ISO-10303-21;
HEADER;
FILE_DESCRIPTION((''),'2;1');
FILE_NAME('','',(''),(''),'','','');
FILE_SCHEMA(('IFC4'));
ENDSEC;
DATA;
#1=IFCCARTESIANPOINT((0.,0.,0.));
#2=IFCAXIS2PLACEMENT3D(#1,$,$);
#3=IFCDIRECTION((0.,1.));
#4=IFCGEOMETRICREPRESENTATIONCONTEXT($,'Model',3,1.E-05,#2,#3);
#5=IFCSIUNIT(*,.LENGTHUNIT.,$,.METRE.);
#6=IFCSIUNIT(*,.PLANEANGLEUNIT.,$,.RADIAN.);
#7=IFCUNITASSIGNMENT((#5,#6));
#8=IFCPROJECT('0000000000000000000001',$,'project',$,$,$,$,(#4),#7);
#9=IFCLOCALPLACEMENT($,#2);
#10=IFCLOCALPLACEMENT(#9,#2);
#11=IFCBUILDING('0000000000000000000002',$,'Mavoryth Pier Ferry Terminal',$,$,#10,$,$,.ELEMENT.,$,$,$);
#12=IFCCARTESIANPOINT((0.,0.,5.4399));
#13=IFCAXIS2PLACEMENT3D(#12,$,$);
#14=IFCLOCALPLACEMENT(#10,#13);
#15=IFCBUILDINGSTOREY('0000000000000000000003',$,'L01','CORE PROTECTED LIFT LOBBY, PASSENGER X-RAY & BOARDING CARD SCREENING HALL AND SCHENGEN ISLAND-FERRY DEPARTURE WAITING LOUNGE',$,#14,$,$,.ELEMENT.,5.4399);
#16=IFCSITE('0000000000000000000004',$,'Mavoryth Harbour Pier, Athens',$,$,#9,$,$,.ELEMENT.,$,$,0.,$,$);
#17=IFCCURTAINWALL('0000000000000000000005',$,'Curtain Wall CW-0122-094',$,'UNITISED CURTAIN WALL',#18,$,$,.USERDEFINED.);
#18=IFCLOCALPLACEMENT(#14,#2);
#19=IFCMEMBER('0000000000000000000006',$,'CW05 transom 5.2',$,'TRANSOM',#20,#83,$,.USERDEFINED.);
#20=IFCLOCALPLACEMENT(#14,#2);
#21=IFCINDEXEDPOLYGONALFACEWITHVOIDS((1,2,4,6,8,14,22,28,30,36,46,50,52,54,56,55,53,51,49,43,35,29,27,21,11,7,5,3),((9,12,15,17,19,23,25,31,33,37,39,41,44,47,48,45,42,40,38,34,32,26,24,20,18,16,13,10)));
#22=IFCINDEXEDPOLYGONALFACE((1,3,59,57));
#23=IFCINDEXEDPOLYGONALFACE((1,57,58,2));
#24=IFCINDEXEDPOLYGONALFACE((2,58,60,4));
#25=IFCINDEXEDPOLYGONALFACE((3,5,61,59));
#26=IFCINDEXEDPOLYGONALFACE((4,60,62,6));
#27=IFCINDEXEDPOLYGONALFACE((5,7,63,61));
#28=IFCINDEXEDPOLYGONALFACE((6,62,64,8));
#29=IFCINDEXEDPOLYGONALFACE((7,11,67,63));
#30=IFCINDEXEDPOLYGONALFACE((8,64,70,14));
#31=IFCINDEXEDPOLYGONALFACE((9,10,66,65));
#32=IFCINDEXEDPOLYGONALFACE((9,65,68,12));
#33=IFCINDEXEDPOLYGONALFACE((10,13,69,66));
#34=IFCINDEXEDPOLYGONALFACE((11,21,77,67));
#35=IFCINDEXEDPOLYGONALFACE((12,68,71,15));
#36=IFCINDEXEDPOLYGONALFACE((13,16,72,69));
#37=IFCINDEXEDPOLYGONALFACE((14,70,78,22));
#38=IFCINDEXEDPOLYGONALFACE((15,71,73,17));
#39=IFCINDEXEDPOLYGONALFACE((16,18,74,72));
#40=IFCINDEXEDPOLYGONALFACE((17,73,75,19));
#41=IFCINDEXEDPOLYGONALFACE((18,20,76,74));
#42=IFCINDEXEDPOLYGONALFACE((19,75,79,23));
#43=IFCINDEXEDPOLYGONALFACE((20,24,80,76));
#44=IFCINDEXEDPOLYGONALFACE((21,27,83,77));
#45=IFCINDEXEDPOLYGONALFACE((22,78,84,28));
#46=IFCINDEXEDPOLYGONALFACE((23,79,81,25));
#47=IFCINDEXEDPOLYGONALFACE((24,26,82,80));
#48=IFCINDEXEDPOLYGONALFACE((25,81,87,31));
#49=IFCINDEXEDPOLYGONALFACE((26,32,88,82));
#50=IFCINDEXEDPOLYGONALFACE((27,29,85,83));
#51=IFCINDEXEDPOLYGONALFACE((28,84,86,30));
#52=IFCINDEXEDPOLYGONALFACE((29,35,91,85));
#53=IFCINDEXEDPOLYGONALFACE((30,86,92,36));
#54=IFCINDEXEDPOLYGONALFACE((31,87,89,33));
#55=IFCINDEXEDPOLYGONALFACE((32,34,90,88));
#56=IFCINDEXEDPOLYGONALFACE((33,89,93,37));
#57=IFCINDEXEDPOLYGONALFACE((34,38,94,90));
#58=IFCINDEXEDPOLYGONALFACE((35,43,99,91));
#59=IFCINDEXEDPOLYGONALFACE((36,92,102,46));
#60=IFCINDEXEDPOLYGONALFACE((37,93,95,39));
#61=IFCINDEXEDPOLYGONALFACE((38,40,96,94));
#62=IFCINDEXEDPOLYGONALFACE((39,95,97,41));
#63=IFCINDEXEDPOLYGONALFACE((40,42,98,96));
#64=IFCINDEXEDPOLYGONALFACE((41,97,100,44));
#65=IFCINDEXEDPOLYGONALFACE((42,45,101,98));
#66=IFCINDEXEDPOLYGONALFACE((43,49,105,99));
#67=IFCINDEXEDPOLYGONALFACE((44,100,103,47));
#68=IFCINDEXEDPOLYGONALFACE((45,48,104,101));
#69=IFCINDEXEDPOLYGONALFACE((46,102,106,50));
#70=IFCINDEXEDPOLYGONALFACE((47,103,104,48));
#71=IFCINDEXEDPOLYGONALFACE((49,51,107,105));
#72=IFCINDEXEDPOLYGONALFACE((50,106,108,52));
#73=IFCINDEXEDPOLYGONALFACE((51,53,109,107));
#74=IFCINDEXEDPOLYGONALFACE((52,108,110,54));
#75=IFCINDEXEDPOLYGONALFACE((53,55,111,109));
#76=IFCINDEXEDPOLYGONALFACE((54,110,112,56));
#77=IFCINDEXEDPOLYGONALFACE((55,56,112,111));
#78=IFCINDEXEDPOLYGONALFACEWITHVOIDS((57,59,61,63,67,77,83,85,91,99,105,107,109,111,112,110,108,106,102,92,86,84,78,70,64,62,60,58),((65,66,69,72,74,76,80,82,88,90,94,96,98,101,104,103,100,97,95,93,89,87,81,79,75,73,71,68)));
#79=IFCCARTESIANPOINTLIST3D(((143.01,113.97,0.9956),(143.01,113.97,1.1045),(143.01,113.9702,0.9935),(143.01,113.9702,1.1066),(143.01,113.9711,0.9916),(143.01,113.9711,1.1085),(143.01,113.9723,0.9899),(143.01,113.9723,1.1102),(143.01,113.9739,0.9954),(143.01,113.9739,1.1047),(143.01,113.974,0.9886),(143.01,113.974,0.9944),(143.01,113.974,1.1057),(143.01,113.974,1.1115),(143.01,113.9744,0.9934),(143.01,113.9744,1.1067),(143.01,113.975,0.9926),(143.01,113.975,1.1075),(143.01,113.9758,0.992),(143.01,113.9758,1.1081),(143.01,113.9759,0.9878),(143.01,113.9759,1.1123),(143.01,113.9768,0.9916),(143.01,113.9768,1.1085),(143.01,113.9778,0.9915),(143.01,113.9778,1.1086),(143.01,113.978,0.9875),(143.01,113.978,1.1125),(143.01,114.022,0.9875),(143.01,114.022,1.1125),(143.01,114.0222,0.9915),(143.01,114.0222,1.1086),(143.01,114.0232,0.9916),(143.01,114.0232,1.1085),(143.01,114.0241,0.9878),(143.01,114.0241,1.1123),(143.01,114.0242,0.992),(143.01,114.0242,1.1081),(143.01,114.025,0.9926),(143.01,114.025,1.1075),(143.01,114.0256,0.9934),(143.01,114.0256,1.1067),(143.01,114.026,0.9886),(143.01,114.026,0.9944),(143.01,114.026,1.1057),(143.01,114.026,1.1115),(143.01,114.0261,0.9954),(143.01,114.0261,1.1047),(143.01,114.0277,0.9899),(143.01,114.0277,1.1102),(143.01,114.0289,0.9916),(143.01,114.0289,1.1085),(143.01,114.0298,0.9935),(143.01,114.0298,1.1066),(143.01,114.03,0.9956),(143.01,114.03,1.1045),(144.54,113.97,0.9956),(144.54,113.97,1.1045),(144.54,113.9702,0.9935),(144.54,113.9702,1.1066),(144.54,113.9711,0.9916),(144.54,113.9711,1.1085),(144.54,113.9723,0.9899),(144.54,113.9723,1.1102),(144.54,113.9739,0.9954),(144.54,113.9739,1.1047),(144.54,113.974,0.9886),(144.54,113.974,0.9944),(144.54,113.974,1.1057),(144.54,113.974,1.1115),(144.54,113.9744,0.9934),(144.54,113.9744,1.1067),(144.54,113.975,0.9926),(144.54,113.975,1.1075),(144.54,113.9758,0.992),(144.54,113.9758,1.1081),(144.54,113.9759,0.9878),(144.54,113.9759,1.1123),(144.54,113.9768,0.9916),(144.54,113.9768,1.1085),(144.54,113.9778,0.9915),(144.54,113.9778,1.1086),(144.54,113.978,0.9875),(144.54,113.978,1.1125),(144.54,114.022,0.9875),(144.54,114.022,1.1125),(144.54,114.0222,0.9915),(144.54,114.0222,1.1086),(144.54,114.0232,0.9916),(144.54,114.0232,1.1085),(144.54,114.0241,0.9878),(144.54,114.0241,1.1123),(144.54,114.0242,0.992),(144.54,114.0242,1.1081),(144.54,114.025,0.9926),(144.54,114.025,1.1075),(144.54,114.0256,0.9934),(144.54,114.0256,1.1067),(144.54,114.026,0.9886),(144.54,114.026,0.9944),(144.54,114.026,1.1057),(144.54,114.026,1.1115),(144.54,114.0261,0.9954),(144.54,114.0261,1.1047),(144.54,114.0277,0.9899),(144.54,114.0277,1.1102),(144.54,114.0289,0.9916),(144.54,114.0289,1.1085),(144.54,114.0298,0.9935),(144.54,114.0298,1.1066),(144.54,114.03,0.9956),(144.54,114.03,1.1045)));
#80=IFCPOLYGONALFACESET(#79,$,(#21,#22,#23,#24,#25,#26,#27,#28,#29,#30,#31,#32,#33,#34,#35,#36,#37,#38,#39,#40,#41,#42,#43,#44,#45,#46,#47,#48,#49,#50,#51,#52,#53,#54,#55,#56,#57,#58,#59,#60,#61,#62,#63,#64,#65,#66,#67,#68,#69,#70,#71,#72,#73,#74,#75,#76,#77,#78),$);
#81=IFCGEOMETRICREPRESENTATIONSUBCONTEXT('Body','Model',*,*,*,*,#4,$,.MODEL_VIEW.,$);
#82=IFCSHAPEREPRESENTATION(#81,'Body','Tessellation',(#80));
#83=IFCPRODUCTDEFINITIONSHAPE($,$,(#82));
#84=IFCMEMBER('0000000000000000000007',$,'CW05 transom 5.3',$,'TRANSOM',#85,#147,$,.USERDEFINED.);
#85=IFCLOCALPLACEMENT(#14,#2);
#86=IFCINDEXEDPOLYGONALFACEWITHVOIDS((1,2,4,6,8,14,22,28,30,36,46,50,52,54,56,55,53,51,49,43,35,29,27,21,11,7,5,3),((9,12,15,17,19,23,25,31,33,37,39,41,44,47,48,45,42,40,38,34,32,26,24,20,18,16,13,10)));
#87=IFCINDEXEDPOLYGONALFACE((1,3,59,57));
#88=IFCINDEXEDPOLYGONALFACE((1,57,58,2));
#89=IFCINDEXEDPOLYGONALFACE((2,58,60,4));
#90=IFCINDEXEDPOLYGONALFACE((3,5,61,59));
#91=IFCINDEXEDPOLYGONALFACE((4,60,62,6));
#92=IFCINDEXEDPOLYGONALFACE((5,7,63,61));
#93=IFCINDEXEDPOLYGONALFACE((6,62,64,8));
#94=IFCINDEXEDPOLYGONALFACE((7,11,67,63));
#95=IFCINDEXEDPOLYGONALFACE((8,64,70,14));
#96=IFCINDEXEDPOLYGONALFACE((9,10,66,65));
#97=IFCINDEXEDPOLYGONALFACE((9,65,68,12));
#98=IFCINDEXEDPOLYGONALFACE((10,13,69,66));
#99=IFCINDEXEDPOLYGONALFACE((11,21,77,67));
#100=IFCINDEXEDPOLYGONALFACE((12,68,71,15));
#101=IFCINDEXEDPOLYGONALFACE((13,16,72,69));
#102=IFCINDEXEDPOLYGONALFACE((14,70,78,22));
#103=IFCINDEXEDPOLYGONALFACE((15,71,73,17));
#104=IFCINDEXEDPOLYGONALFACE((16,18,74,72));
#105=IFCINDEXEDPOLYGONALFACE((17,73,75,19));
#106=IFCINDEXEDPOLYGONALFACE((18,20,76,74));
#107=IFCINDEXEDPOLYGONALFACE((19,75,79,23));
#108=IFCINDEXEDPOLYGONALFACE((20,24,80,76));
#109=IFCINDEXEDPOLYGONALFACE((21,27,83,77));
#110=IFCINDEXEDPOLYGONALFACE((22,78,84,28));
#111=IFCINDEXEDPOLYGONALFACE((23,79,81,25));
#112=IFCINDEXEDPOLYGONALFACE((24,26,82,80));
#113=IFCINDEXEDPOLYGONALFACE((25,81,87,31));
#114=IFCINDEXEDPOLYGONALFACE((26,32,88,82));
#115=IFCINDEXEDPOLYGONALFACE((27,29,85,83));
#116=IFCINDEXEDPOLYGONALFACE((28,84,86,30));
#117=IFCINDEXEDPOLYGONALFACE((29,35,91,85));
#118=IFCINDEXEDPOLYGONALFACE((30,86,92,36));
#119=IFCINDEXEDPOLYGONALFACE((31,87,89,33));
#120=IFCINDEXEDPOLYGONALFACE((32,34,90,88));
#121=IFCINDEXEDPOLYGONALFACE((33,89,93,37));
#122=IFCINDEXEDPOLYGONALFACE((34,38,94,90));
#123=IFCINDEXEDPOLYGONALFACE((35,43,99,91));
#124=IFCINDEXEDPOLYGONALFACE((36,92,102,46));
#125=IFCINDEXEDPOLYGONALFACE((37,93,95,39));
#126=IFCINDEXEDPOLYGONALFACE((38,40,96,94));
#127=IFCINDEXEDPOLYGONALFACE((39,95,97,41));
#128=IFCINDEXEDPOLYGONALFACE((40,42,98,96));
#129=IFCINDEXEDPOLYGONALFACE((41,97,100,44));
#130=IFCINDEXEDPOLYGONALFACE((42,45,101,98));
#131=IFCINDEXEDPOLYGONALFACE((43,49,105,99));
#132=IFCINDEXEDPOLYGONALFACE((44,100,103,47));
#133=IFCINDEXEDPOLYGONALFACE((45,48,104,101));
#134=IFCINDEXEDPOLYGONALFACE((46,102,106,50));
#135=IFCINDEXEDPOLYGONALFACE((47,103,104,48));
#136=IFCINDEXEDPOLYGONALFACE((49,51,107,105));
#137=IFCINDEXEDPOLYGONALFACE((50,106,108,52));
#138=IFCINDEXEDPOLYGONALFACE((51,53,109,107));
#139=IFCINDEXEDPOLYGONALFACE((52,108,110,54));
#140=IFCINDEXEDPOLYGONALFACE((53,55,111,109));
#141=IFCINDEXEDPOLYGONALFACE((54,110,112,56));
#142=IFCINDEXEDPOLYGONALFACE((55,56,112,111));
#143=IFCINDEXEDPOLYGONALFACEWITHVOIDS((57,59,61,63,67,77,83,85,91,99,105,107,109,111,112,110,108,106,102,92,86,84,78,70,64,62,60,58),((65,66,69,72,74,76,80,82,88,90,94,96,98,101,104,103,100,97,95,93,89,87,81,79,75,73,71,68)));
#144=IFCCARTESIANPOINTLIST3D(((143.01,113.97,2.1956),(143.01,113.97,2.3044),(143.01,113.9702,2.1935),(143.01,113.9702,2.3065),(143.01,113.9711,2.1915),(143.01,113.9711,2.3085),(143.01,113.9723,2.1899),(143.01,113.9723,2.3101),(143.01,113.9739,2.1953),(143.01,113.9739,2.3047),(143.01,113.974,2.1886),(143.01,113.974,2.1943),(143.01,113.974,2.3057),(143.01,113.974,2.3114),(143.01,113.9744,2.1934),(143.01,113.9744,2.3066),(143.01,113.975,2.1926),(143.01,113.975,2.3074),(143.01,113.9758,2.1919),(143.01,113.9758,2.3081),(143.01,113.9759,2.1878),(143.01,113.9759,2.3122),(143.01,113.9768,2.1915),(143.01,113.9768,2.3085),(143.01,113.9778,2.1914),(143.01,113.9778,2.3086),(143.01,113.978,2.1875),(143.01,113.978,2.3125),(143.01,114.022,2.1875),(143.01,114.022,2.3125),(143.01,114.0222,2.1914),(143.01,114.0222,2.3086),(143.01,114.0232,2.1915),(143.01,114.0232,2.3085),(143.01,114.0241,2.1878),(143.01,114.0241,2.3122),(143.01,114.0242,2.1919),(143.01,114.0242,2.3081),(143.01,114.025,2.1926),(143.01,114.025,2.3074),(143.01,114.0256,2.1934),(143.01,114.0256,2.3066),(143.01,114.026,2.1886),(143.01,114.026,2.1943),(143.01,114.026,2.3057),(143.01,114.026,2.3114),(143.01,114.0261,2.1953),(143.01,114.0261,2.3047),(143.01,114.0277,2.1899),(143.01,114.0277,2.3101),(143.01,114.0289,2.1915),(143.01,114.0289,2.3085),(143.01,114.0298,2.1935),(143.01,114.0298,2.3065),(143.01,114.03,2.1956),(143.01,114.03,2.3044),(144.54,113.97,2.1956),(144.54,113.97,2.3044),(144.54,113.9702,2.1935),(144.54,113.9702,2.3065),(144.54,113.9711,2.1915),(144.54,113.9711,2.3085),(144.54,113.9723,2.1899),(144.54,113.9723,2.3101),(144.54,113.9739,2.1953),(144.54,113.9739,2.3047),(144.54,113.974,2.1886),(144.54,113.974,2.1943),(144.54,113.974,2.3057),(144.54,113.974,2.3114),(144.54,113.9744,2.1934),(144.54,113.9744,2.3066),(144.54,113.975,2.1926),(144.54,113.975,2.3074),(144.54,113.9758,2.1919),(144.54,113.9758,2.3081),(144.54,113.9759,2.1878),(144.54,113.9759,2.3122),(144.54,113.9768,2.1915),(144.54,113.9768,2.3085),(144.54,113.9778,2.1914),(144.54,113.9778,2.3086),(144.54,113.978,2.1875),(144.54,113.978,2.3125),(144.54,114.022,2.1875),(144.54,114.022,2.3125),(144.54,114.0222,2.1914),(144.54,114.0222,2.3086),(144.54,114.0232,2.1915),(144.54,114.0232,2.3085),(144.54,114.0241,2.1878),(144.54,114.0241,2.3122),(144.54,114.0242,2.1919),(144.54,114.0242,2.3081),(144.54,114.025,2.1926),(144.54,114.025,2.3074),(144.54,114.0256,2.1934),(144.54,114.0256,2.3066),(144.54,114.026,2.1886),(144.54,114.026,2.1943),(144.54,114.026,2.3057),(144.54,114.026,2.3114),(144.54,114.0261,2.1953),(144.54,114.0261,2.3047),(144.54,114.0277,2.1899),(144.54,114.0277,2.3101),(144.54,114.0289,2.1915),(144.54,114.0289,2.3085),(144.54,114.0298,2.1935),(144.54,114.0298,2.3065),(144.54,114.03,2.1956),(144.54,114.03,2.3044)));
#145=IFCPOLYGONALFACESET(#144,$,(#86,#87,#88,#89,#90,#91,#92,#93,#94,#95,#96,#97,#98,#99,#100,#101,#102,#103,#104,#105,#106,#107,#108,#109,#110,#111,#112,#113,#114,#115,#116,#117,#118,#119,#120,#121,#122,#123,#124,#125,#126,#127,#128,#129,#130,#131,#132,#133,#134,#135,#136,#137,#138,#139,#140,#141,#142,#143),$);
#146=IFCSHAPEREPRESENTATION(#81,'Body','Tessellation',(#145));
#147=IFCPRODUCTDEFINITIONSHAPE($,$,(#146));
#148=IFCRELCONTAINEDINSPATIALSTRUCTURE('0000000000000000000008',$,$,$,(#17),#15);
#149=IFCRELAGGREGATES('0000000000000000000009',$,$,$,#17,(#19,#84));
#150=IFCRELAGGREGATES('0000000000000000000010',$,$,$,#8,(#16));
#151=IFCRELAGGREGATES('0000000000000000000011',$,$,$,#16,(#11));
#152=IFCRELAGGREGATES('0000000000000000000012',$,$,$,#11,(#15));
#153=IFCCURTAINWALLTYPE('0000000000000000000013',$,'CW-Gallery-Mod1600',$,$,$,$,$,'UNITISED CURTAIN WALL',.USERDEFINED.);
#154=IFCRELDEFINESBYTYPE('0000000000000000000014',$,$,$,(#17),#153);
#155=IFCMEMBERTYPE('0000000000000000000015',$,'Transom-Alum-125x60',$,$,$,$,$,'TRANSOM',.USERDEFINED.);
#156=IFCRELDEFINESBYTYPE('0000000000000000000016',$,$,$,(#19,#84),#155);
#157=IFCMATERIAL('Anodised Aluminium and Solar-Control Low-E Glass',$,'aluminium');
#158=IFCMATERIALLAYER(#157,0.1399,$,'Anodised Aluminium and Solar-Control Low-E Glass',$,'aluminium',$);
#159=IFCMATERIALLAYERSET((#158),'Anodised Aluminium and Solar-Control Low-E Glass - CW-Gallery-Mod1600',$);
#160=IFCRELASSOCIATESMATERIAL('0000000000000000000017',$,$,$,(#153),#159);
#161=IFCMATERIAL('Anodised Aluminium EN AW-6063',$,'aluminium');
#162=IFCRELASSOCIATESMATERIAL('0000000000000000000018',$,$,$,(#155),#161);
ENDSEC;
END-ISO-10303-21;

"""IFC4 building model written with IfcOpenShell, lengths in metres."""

from ifc_helpers import new_model, si_unit, direction, frame, origin, origin_2d, place, context, subcontext, project, spatial, hollow_rectangle, extrude, material, layer, layer_set, material_profile, profile_set, type_object, element, aggregate, save


model = new_model("IFC4")

# Units and contexts
model_context = context("Model", 3, precision=1e-05, world=origin(), true_north=direction((0.0, 1.0)))
body_context = subcontext(model_context, "Body", "Model", "MODEL_VIEW")
ifc_project = project(units=[si_unit("LENGTHUNIT", "METRE"), si_unit("PLANEANGLEUNIT", "RADIAN")], contexts=[model_context])

# Site, building, storey
site_placement = place(None, origin())
site = spatial("IfcSite", under=ifc_project, at=site_placement, Name="Mavoryth Harbour Pier, Athens", CompositionType="ELEMENT", RefElevation=0.0)
building_placement = place(site_placement, origin())
building = spatial("IfcBuilding", under=site, at=building_placement, Name="Mavoryth Pier Ferry Terminal", CompositionType="ELEMENT")
storey_placement = place(building_placement, frame((0.0, 0.0, 5.4399)))
storey = spatial("IfcBuildingStorey", under=building, at=storey_placement, Name="L01", Description="CORE PROTECTED LIFT LOBBY, PASSENGER X-RAY & BOARDING CARD SCREENING HALL AND SCHENGEN ISLAND-FERRY DEPARTURE WAITING LOUNGE", CompositionType="ELEMENT", Elevation=5.4399)

# Curtain wall
ifc_material_1 = material(Name="Anodised Aluminium and Solar-Control Low-E Glass", Category="aluminium")
ifc_layer_1 = layer(ifc_material_1, 0.1399, Name="Anodised Aluminium and Solar-Control Low-E Glass", Category="aluminium")
ifc_layer_set_1 = layer_set([ifc_layer_1], Name="Anodised Aluminium and Solar-Control Low-E Glass - CW-Gallery-Mod1600")
curtain_wall_type = type_object("IfcCurtainWallType", Name="CW-Gallery-Mod1600", ElementType="UNITISED CURTAIN WALL", PredefinedType="USERDEFINED", material=ifc_layer_set_1)
curtain_wall_placement = place(storey_placement, origin())
curtain_wall = element("IfcCurtainWall", 1, at=curtain_wall_placement, inside=storey, type_object=curtain_wall_type, Name="Curtain Wall CW-0122-094", ObjectType="UNITISED CURTAIN WALL", PredefinedType="USERDEFINED")
ifc_material_2 = material(Name="Anodised Aluminium EN AW-6063", Category="aluminium")

# Members
ifc_material_profile_1 = material_profile(ifc_material_2, hollow_rectangle(XDim=0.0601, YDim=0.125, WallThickness=0.0039, InnerFilletRadius=0.0039, OuterFilletRadius=0.0081, at=origin_2d()), Name="AL-TRAN 125x60x4", Category="aluminium")
ifc_profile_set_1 = profile_set([ifc_material_profile_1], Name="Anodised Aluminium EN AW-6063 - AL-TRAN 125x60x4")
member_type_1 = type_object("IfcMemberType", Name="Transom-Alum-125x60", ElementType="TRANSOM", PredefinedType="USERDEFINED", material=ifc_profile_set_1)
member_1_placement = place(storey_placement, frame((144.54, 114.0, 1.05), z_axis=(-1.0, 0.0, 0.0), x_axis=(0.0, -1.0, 0.0)))
member_1 = element("IfcMember", 2, at=member_1_placement, type_object=member_type_1, Name="CW05 transom 5.2", ObjectType="TRANSOM", PredefinedType="USERDEFINED", context=body_context, shape_type="SweptSolid", body=[
    extrude(hollow_rectangle(XDim=0.0601, YDim=0.125, WallThickness=0.0039, InnerFilletRadius=0.0039, OuterFilletRadius=0.0081, at=origin_2d()), origin(), (0.0, 0.0, 1.0), 1.53),
])
member_2_placement = place(storey_placement, frame((144.54, 114.0, 2.25), z_axis=(-1.0, 0.0, 0.0), x_axis=(0.0, -1.0, 0.0)))
member_2 = element("IfcMember", 3, at=member_2_placement, type_object=member_type_1, Name="CW05 transom 5.3", ObjectType="TRANSOM", PredefinedType="USERDEFINED", context=body_context, shape_type="SweptSolid", body=[
    extrude(hollow_rectangle(XDim=0.0601, YDim=0.125, WallThickness=0.0039, InnerFilletRadius=0.0039, OuterFilletRadius=0.0081, at=origin_2d()), origin(), (0.0, 0.0, 1.0), 1.53),
])

aggregate(curtain_wall, [member_1, member_2])

save(model, "model.ifc")
